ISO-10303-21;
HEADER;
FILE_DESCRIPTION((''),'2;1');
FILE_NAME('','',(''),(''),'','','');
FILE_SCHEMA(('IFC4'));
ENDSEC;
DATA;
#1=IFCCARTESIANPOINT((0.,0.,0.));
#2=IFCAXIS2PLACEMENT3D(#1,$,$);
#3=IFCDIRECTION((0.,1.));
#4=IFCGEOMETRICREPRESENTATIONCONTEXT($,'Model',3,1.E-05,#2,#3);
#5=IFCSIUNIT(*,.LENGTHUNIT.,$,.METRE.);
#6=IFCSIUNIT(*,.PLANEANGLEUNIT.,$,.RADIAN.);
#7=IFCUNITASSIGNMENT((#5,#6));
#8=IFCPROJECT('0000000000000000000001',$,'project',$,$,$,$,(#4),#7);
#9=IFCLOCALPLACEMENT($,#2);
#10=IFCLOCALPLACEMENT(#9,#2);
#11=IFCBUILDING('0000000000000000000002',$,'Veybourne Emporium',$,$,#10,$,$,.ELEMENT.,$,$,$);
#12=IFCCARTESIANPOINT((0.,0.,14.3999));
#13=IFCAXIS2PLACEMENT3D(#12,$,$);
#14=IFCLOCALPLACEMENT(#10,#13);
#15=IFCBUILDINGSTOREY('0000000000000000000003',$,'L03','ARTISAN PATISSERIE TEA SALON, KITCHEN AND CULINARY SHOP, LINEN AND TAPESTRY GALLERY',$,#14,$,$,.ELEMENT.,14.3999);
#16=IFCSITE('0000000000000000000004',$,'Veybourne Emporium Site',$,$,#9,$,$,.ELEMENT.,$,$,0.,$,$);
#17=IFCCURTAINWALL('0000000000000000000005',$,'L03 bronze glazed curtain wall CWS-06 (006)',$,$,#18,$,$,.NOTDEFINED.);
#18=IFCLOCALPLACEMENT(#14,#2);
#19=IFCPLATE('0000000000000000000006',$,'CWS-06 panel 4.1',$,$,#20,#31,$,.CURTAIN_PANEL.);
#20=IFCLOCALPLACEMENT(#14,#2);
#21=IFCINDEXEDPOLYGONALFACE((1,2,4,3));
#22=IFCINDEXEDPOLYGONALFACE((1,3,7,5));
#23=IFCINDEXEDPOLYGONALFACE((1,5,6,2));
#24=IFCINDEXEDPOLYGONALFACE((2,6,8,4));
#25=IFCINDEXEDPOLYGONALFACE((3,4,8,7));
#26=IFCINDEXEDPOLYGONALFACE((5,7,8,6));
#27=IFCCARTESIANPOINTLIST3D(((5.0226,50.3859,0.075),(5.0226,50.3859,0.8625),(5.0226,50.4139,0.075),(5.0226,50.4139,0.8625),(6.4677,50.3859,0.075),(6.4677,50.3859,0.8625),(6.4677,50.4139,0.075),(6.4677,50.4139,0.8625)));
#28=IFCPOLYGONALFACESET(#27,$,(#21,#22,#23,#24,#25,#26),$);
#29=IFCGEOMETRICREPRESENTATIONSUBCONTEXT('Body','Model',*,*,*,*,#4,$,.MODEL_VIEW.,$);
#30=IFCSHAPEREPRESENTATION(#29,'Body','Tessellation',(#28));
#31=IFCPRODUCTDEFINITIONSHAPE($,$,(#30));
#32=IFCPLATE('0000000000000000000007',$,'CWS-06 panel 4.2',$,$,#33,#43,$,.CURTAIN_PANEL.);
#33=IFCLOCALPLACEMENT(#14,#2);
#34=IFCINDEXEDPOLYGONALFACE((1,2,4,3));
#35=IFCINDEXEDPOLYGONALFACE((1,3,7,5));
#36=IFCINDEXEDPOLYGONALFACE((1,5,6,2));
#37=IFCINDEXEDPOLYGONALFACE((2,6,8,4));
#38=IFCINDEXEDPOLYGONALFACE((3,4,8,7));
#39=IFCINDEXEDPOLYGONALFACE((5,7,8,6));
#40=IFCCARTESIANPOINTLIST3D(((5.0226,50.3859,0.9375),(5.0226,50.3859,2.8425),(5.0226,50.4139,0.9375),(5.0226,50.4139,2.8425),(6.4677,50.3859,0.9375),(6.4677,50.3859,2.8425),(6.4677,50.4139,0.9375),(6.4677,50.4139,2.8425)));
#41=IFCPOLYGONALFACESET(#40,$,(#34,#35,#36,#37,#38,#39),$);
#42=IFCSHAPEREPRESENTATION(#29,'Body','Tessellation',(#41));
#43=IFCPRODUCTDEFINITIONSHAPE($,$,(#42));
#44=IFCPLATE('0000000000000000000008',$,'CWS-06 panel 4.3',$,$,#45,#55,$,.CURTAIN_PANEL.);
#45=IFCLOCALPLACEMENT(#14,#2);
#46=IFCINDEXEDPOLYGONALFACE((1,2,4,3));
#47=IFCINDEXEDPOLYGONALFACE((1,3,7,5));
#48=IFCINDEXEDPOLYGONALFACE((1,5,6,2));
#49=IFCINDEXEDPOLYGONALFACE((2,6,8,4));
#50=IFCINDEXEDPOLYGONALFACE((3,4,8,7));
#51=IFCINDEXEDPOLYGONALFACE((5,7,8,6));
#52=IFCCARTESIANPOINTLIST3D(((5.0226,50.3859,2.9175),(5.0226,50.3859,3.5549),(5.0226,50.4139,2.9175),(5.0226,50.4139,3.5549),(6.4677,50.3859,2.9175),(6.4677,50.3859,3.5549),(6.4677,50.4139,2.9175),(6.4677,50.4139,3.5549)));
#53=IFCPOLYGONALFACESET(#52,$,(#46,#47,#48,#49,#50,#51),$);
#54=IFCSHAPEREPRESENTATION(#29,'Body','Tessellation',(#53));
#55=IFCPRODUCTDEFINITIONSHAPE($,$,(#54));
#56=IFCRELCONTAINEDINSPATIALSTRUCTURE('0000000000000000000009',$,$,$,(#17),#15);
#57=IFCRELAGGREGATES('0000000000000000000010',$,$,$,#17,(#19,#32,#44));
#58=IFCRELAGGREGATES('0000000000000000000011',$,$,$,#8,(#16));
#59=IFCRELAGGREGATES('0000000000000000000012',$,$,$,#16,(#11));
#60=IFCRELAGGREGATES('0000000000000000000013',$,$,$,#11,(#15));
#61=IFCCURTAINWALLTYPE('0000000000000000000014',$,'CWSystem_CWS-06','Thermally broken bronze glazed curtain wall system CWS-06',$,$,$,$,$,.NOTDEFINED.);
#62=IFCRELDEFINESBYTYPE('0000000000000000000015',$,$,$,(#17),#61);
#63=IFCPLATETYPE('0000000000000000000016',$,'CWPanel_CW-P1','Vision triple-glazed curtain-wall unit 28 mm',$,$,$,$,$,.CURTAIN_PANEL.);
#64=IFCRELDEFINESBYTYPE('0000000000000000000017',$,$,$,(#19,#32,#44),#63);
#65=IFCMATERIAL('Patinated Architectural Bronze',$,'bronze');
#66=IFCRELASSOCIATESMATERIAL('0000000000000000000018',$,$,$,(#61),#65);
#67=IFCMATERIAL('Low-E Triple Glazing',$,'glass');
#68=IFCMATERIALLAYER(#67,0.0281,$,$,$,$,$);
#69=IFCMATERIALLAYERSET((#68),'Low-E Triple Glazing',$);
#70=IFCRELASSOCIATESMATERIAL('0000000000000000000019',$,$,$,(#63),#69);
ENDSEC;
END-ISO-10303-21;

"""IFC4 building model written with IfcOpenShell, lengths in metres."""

from ifc_helpers import new_model, si_unit, direction, frame, origin, origin_2d, place, context, subcontext, project, spatial, rectangle, extrude, material, layer, layer_set, type_object, element, aggregate, save


model = new_model("IFC4")

# Units and contexts
model_context = context("Model", 3, precision=1e-05, world=origin(), true_north=direction((0.0, 1.0)))
body_context = subcontext(model_context, "Body", "Model", "MODEL_VIEW")
ifc_project = project(units=[si_unit("LENGTHUNIT", "METRE"), si_unit("PLANEANGLEUNIT", "RADIAN")], contexts=[model_context])

# Site, building, storey
site_placement = place(None, origin())
site = spatial("IfcSite", under=ifc_project, at=site_placement, Name="Veybourne Emporium Site", CompositionType="ELEMENT", RefElevation=0.0)
building_placement = place(site_placement, origin())
building = spatial("IfcBuilding", under=site, at=building_placement, Name="Veybourne Emporium", CompositionType="ELEMENT")
storey_placement = place(building_placement, frame((0.0, 0.0, 14.3999)))
storey = spatial("IfcBuildingStorey", under=building, at=storey_placement, Name="L03", Description="ARTISAN PATISSERIE TEA SALON, KITCHEN AND CULINARY SHOP, LINEN AND TAPESTRY GALLERY", CompositionType="ELEMENT", Elevation=14.3999)

# Curtain wall, plates
ifc_material_1 = material(Name="Patinated Architectural Bronze", Category="bronze")
curtain_wall_type = type_object("IfcCurtainWallType", Name="CWSystem_CWS-06", Description="Thermally broken bronze glazed curtain wall system CWS-06", PredefinedType="NOTDEFINED", material=ifc_material_1)
curtain_wall_placement = place(storey_placement, origin())
curtain_wall = element("IfcCurtainWall", 1, at=curtain_wall_placement, inside=storey, type_object=curtain_wall_type, Name="L03 bronze glazed curtain wall CWS-06 (006)", PredefinedType="NOTDEFINED")
ifc_material_2 = material(Name="Low-E Triple Glazing", Category="glass")
ifc_layer = layer(ifc_material_2, 0.0281)
ifc_layer_set = layer_set([ifc_layer], Name="Low-E Triple Glazing")
plate_type = type_object("IfcPlateType", Name="CWPanel_CW-P1", Description="Vision triple-glazed curtain-wall unit 28 mm", PredefinedType="CURTAIN_PANEL", material=ifc_layer_set)
plate_1_placement = place(storey_placement, frame((5.7451, 50.3999, 0.075), z_axis=(0.0, 0.0, 1.0), x_axis=(1.0, 0.0, 0.0)))
plate_1 = element("IfcPlate", 2, at=plate_1_placement, type_object=plate_type, Name="CWS-06 panel 4.1", PredefinedType="CURTAIN_PANEL", context=body_context, shape_type="SweptSolid", body=[
    extrude(rectangle(XDim=1.4451, YDim=0.0281, at=origin_2d()), origin(), (0.0, 0.0, 1.0), 0.7876),
])
plate_2_placement = place(storey_placement, frame((5.7451, 50.3999, 0.9375), z_axis=(0.0, 0.0, 1.0), x_axis=(1.0, 0.0, 0.0)))
plate_2 = element("IfcPlate", 3, at=plate_2_placement, type_object=plate_type, Name="CWS-06 panel 4.2", PredefinedType="CURTAIN_PANEL", context=body_context, shape_type="SweptSolid", body=[
    extrude(rectangle(XDim=1.4451, YDim=0.0281, at=origin_2d()), origin(), (0.0, 0.0, 1.0), 1.905),
])
plate_3_placement = place(storey_placement, frame((5.7451, 50.3999, 2.9175), z_axis=(0.0, 0.0, 1.0), x_axis=(1.0, 0.0, 0.0)))
plate_3 = element("IfcPlate", 4, at=plate_3_placement, type_object=plate_type, Name="CWS-06 panel 4.3", PredefinedType="CURTAIN_PANEL", context=body_context, shape_type="SweptSolid", body=[
    extrude(rectangle(XDim=1.4451, YDim=0.0281, at=origin_2d()), origin(), (0.0, 0.0, 1.0), 0.6375),
])
aggregate(curtain_wall, [plate_1, plate_2, plate_3])

save(model, "model.ifc")
